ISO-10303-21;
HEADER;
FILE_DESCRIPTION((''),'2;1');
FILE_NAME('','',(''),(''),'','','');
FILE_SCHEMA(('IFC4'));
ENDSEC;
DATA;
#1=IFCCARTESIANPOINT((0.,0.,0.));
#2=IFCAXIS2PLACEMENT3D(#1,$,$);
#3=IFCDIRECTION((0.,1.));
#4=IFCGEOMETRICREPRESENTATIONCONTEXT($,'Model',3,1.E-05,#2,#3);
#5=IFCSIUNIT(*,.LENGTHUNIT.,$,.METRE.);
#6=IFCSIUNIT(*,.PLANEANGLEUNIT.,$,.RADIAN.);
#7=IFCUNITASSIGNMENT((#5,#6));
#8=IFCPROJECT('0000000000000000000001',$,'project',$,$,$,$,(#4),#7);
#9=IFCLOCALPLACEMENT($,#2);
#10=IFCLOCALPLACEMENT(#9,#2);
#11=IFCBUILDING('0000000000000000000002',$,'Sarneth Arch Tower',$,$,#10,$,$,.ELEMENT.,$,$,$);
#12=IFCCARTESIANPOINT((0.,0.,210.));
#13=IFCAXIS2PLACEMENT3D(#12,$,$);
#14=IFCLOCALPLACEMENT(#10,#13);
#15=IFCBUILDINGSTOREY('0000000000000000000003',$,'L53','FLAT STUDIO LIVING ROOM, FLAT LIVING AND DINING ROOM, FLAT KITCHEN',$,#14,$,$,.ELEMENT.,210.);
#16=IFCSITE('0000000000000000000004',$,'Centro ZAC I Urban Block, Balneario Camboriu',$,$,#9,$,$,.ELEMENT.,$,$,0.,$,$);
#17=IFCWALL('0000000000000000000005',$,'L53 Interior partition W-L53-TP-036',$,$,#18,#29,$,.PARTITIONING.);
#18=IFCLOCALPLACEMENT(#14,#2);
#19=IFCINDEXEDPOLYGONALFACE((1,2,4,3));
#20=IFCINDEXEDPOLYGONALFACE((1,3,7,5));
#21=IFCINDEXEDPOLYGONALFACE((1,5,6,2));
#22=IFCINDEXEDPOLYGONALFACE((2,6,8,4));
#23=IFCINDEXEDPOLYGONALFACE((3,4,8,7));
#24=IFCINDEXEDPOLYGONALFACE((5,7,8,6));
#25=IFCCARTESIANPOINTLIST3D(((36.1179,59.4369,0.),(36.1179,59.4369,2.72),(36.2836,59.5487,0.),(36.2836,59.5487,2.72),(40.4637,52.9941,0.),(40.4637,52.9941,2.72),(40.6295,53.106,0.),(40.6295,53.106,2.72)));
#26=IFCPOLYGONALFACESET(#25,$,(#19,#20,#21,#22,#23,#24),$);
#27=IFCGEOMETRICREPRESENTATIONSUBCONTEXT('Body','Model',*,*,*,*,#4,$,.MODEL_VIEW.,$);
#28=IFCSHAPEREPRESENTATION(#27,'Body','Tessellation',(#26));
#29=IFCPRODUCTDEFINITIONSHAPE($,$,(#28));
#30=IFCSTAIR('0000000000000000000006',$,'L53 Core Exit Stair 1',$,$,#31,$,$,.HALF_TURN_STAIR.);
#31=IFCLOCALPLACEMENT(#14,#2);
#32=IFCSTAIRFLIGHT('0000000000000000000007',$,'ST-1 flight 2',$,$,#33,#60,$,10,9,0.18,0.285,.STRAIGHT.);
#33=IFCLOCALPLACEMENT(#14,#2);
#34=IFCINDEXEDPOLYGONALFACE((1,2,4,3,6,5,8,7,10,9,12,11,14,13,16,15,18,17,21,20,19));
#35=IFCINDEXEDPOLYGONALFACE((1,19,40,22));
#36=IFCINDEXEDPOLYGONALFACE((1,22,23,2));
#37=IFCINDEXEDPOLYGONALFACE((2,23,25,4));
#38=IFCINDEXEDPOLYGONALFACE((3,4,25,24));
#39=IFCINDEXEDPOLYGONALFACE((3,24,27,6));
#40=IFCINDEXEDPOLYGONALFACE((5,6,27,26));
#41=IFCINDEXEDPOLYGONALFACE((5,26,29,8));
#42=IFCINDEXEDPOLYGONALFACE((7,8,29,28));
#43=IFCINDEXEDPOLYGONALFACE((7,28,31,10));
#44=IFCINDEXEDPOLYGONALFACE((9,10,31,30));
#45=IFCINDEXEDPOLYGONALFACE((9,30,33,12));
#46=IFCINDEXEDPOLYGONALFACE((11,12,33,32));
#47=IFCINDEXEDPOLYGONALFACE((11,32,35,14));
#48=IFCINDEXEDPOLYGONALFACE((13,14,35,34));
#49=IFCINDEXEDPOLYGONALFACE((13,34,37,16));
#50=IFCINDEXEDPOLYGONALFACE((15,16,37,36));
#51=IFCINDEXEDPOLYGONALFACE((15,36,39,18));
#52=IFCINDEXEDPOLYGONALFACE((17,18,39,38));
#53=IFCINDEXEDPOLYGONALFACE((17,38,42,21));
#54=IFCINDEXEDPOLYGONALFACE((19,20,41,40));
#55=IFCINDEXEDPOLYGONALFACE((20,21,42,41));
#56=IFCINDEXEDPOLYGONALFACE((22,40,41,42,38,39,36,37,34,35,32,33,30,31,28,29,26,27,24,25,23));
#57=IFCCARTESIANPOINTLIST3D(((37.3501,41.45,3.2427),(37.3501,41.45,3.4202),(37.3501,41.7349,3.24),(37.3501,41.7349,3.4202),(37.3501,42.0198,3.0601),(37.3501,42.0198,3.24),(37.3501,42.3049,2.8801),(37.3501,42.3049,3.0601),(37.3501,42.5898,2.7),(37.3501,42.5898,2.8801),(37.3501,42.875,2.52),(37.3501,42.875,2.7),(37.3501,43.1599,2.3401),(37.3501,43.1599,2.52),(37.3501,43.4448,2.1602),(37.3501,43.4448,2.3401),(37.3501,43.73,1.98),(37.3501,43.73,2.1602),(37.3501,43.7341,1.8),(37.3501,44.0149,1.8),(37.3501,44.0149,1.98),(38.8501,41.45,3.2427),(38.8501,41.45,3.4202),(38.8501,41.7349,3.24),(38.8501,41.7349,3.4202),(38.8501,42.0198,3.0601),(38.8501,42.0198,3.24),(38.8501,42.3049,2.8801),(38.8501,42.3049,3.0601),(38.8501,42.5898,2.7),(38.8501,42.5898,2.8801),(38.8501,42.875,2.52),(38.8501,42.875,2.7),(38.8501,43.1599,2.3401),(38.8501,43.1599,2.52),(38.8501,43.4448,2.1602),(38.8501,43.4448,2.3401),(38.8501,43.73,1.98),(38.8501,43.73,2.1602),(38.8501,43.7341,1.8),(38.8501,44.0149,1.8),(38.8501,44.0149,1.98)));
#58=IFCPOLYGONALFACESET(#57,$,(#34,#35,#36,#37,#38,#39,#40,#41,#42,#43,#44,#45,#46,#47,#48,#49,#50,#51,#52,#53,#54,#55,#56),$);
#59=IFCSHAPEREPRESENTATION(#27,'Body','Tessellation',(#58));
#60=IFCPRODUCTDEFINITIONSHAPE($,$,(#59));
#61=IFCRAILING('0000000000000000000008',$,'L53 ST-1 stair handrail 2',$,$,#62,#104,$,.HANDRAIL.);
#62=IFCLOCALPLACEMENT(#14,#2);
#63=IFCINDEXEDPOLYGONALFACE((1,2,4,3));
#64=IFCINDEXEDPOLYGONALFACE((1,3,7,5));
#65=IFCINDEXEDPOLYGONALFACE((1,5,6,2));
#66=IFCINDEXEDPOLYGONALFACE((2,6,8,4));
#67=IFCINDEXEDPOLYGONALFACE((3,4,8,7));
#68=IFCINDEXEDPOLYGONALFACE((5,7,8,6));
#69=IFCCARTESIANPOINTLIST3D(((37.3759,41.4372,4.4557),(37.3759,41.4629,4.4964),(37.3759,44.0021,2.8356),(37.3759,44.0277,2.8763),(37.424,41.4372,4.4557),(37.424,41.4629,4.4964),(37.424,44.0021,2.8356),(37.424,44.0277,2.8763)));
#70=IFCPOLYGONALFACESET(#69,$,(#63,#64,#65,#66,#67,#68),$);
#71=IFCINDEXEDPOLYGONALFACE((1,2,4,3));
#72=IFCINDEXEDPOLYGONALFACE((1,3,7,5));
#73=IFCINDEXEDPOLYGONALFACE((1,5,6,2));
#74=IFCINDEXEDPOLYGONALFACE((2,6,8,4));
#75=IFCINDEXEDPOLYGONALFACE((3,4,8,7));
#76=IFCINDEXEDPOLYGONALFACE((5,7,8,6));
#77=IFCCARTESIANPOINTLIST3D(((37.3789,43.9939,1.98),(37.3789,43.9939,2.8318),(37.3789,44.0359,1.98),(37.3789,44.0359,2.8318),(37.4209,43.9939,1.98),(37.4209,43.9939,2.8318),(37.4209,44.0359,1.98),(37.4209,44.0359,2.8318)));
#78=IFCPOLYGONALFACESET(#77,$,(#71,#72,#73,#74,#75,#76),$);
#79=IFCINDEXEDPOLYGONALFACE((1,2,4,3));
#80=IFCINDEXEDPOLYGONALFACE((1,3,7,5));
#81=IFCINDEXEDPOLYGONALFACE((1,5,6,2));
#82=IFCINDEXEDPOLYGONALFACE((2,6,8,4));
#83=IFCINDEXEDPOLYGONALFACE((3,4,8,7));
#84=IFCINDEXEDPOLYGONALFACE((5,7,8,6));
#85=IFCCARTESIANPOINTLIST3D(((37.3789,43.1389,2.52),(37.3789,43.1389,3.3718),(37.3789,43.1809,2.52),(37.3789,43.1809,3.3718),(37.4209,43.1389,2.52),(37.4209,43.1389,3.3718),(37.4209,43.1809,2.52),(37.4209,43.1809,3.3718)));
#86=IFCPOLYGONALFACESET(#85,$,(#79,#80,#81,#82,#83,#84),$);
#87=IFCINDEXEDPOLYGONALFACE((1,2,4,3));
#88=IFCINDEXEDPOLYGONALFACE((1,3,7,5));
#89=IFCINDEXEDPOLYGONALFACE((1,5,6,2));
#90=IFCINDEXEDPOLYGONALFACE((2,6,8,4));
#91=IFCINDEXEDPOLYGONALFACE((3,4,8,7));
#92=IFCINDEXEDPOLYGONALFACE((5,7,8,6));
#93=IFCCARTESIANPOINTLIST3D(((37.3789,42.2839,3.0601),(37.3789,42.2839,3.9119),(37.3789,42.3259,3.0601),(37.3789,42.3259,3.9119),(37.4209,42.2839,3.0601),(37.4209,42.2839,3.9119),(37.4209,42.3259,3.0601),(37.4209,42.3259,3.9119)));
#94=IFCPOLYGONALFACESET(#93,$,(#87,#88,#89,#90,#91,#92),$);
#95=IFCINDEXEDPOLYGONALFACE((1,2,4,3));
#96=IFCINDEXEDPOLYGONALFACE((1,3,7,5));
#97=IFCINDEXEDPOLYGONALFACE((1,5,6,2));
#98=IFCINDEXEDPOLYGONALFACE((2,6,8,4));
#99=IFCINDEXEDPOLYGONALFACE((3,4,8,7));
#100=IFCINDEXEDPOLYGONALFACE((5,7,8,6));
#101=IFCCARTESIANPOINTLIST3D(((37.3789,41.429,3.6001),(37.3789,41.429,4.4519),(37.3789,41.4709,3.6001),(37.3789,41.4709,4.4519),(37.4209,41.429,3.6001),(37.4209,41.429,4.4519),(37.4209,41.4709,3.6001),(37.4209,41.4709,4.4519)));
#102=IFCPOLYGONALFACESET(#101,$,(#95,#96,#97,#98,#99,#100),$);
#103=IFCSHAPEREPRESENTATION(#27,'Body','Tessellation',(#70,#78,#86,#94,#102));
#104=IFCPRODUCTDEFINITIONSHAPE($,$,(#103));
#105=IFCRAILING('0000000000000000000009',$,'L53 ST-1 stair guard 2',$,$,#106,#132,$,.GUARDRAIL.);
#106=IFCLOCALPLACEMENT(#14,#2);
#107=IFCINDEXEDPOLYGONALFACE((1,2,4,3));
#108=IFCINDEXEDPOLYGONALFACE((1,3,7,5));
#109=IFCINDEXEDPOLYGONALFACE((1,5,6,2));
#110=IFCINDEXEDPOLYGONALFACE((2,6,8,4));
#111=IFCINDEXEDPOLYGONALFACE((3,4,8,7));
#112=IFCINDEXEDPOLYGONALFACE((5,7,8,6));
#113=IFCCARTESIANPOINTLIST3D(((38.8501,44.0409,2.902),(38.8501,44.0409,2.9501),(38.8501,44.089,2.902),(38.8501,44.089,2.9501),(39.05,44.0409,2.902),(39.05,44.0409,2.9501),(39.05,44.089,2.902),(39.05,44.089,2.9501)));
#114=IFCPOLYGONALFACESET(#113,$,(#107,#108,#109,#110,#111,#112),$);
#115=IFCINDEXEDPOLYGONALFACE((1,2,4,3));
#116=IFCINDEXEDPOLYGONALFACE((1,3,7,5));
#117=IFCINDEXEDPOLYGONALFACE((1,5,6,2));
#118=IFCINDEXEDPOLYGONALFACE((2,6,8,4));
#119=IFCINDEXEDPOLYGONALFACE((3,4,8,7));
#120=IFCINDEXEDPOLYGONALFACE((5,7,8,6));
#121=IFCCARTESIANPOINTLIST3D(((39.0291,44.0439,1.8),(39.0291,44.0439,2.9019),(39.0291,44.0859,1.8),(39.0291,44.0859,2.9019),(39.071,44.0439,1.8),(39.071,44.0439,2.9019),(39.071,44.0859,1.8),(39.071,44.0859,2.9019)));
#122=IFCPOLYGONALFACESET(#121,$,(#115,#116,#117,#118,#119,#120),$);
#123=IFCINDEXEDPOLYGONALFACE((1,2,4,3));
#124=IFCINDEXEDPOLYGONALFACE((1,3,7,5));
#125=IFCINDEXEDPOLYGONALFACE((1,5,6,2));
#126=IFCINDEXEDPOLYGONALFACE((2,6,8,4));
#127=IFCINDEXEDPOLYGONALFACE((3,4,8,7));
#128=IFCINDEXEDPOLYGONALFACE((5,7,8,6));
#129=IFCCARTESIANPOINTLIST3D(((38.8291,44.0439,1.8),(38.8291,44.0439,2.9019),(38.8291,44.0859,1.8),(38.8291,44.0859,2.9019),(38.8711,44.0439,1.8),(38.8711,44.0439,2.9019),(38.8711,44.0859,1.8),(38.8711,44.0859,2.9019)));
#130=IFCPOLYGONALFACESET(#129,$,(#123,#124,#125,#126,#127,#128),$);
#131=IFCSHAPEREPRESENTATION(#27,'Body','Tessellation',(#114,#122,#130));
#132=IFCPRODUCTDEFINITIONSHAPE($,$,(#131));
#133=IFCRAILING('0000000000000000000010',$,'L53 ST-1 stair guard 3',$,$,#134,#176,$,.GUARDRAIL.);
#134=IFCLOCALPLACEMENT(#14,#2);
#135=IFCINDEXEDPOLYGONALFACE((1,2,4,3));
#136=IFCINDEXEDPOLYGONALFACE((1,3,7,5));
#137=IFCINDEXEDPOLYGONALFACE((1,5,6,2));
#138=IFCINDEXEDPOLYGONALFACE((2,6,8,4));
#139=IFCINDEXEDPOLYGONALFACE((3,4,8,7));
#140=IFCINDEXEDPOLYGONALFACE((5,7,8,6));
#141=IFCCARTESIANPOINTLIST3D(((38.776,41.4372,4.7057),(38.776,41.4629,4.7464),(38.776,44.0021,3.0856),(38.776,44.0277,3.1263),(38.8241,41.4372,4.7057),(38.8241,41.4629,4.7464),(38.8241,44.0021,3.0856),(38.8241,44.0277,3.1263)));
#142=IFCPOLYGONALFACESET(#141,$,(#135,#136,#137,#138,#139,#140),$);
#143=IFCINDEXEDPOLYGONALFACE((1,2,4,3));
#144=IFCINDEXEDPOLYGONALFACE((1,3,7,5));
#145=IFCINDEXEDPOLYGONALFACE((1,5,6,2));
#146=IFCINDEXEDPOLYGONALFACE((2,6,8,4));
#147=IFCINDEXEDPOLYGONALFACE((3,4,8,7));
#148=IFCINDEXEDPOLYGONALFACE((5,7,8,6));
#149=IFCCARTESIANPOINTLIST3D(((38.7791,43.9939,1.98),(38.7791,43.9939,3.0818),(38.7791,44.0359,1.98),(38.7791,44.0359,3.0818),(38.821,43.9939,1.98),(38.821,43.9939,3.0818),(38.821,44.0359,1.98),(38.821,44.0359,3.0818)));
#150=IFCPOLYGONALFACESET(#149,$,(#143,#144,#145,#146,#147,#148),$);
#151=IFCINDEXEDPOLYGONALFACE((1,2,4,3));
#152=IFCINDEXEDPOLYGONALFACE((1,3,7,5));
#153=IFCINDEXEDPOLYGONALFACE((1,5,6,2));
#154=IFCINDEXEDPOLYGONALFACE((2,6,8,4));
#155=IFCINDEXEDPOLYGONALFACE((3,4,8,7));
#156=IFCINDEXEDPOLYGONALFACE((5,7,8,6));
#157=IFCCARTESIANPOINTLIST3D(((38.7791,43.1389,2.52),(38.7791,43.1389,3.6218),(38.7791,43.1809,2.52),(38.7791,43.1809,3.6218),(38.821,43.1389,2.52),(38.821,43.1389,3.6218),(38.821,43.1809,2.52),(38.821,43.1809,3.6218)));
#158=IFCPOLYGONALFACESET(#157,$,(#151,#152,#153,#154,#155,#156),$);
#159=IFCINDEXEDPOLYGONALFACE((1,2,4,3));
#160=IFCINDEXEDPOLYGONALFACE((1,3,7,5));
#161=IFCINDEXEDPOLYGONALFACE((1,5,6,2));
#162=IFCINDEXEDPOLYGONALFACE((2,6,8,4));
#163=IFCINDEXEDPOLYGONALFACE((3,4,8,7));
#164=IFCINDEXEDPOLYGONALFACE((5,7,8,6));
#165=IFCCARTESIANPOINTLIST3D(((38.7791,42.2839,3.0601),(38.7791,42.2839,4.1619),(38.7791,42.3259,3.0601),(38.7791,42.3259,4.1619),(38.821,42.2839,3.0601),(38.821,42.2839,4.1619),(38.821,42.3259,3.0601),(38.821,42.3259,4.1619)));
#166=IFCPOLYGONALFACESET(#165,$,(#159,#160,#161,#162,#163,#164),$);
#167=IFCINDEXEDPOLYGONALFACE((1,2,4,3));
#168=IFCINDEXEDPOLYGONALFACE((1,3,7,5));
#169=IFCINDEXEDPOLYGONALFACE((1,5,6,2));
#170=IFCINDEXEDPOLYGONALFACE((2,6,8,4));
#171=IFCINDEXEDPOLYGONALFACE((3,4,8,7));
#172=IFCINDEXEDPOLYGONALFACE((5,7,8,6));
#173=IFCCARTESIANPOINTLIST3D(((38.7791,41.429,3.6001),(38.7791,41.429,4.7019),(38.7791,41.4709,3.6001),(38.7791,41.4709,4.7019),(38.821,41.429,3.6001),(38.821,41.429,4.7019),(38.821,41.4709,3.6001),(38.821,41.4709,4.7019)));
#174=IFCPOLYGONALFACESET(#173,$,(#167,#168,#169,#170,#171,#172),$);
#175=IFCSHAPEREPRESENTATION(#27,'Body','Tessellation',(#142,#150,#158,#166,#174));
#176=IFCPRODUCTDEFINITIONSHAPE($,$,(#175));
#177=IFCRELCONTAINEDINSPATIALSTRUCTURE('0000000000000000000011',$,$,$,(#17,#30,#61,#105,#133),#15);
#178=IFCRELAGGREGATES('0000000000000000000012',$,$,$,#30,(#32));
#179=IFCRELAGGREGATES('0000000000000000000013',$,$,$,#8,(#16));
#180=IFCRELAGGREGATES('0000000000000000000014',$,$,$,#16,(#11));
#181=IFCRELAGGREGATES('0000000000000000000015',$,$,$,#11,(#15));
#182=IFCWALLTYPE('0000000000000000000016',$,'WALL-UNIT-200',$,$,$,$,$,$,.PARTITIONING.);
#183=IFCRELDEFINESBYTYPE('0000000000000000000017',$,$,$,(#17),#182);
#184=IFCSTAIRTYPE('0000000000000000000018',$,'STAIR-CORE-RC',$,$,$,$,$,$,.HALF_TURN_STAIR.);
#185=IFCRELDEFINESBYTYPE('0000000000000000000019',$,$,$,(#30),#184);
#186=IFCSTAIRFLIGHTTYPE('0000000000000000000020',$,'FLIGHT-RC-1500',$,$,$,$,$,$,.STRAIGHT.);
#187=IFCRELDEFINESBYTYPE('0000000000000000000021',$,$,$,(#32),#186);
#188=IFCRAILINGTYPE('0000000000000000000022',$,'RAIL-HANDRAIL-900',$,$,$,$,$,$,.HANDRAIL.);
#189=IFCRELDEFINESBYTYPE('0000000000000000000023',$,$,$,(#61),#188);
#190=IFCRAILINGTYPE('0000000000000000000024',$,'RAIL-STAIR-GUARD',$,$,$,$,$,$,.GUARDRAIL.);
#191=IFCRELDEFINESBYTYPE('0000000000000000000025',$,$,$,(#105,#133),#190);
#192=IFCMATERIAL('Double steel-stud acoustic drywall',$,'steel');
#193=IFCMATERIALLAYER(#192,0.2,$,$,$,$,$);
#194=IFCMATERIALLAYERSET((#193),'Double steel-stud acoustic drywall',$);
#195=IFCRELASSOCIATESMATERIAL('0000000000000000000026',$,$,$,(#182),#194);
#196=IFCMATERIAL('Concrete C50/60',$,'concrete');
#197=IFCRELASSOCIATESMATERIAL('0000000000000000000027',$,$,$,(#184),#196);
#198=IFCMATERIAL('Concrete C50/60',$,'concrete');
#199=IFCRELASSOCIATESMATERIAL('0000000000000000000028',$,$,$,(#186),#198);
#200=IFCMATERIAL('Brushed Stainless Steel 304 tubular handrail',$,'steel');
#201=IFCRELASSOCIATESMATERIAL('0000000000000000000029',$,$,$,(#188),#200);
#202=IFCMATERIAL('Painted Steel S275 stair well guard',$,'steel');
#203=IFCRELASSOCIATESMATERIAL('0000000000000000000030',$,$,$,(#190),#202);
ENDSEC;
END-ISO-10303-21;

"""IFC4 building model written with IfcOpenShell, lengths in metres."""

from ifc_helpers import new_model, si_unit, direction, frame, frame_2d, origin, origin_2d, place, context, subcontext, project, spatial, polyline, rectangle, outline, extrude, material, layer, layer_set, type_object, element, aggregate, save


model = new_model("IFC4")

# Units and contexts
model_context = context("Model", 3, precision=1e-05, world=origin(), true_north=direction((0.0, 1.0)))
body_context = subcontext(model_context, "Body", "Model", "MODEL_VIEW")
ifc_project = project(units=[si_unit("LENGTHUNIT", "METRE"), si_unit("PLANEANGLEUNIT", "RADIAN")], contexts=[model_context])

# Site, building, storey
site_placement = place(None, origin())
site = spatial("IfcSite", under=ifc_project, at=site_placement, Name="Centro ZAC I Urban Block, Balneario Camboriu", CompositionType="ELEMENT", RefElevation=0.0)
building_placement = place(site_placement, origin())
building = spatial("IfcBuilding", under=site, at=building_placement, Name="Sarneth Arch Tower", CompositionType="ELEMENT")
storey_placement = place(building_placement, frame((0.0, 0.0, 210.0)))
storey = spatial("IfcBuildingStorey", under=building, at=storey_placement, Name="L53", Description="FLAT STUDIO LIVING ROOM, FLAT LIVING AND DINING ROOM, FLAT KITCHEN", CompositionType="ELEMENT", Elevation=210.0)

# Wall
ifc_material_1 = material(Name="Double steel-stud acoustic drywall", Category="steel")
ifc_layer_1 = layer(ifc_material_1, 0.2)
ifc_layer_set_1 = layer_set([ifc_layer_1], Name="Double steel-stud acoustic drywall")
wall_type_1 = type_object("IfcWallType", Name="WALL-UNIT-200", PredefinedType="PARTITIONING", material=ifc_layer_set_1)
wall_1_placement = place(storey_placement, frame((40.5466, 53.05, 0.0), z_axis=(0.0, 0.0, 1.0), x_axis=(-0.559208, 0.829027, 0.0)))
element("IfcWall", 1, at=wall_1_placement, inside=storey, type_object=wall_type_1, Name="L53 Interior partition W-L53-TP-036", PredefinedType="PARTITIONING", context=body_context, shape_type="SweptSolid", body=[
    extrude(rectangle(XDim=7.7715, YDim=0.2, at=frame_2d((3.8857, 0.0))), origin(), (0.0, 0.0, 1.0), 2.72),
])

# Stair, stair flight
ifc_material_2 = material(Name="Concrete C50/60", Category="concrete")
stair_type = type_object("IfcStairType", Name="STAIR-CORE-RC", PredefinedType="HALF_TURN_STAIR", material=ifc_material_2)
stair_placement = place(storey_placement, origin())
stair = element("IfcStair", 2, at=stair_placement, inside=storey, type_object=stair_type, Name="L53 Core Exit Stair 1", PredefinedType="HALF_TURN_STAIR")
ifc_material_3 = material(Name="Concrete C50/60", Category="concrete")
stair_flight_type = type_object("IfcStairFlightType", Name="FLIGHT-RC-1500", PredefinedType="STRAIGHT", material=ifc_material_3)
stair_flight_placement = place(storey_placement, frame((38.1001, 44.0149, 1.8), z_axis=(0.0, 0.0, 1.0), x_axis=(0.0, -1.0, 0.0)))
stair_flight = element("IfcStairFlight", 3, at=stair_flight_placement, type_object=stair_flight_type, Name="ST-1 flight 2", NumberOfRisers=10, NumberOfTreads=9, PredefinedType="STRAIGHT", RiserHeight=0.18, TreadLength=0.285, context=body_context, shape_type="SweptSolid", body=[
    extrude(outline(polyline([(0.0, 0.0), (0.0, 0.1799), (0.2849, 0.1799), (0.2849, 0.3601), (0.5701, 0.3601), (0.5701, 0.54), (0.855, 0.54), (0.855, 0.72), (1.1399, 0.72), (1.1399, 0.8999), (1.425, 0.8999), (1.425, 1.0801), (1.71, 1.0801), (1.71, 1.26), (1.9951, 1.26), (1.9951, 1.4399), (2.28, 1.4399), (2.28, 1.6201), (2.5649, 1.6201), (2.5649, 1.8), (2.5649, 1.4426), (0.2808, 0.0), (0.0, 0.0)])), frame((0.0, 0.75, 0.0), z_axis=(0.0, -1.0, 0.0), x_axis=(1.0, 0.0, 0.0)), (0.0, 0.0, 1.0), 1.5),
])
aggregate(stair, [stair_flight])

# Railings
ifc_material_4 = material(Name="Brushed Stainless Steel 304 tubular handrail", Category="steel")
railing_type_1 = type_object("IfcRailingType", Name="RAIL-HANDRAIL-900", PredefinedType="HANDRAIL", material=ifc_material_4)
railing_1_placement = place(storey_placement, frame((37.3999, 44.0149, 1.98)))
element("IfcRailing", 4, at=railing_1_placement, inside=storey, type_object=railing_type_1, Name="L53 ST-1 stair handrail 2", PredefinedType="HANDRAIL", context=body_context, shape_type="SweptSolid", body=[
    extrude(rectangle(XDim=0.0481, YDim=0.0481, at=origin_2d()), frame((0.0, 0.0, 0.876), z_axis=(0.0, -0.845466, 0.534029), x_axis=(1.0, 0.0, 0.0)), (0.0, 0.0, 1.0), 3.0337),
    extrude(rectangle(XDim=0.042, YDim=0.042, at=origin_2d()), origin(), (0.0, 0.0, 1.0), 0.8518),
    extrude(rectangle(XDim=0.042, YDim=0.042, at=origin_2d()), frame((0.0, -0.855, 0.54)), (0.0, 0.0, 1.0), 0.8518),
    extrude(rectangle(XDim=0.042, YDim=0.042, at=origin_2d()), frame((0.0, -1.71, 1.0801)), (0.0, 0.0, 1.0), 0.8518),
    extrude(rectangle(XDim=0.042, YDim=0.042, at=origin_2d()), frame((0.0, -2.5649, 1.6201)), (0.0, 0.0, 1.0), 0.8518),
])
ifc_material_5 = material(Name="Painted Steel S275 stair well guard", Category="steel")
railing_type_2 = type_object("IfcRailingType", Name="RAIL-STAIR-GUARD", PredefinedType="GUARDRAIL", material=ifc_material_5)
railing_2_placement = place(storey_placement, frame((39.05, 44.0649, 1.8)))
element("IfcRailing", 5, at=railing_2_placement, inside=storey, type_object=railing_type_2, Name="L53 ST-1 stair guard 2", PredefinedType="GUARDRAIL", context=body_context, shape_type="SweptSolid", body=[
    extrude(rectangle(XDim=0.0481, YDim=0.0481, at=origin_2d()), frame((0.0, 0.0, 1.126), z_axis=(-1.0, 0.0, 0.0), x_axis=(0.0, -1.0, 0.0)), (0.0, 0.0, 1.0), 0.2),
    extrude(rectangle(XDim=0.042, YDim=0.042, at=origin_2d()), origin(), (0.0, 0.0, 1.0), 1.1018),
    extrude(rectangle(XDim=0.042, YDim=0.042, at=origin_2d()), frame((-0.2, 0.0, 0.0)), (0.0, 0.0, 1.0), 1.1018),
])
railing_3_placement = place(storey_placement, frame((38.8, 44.0149, 1.98)))
element("IfcRailing", 6, at=railing_3_placement, inside=storey, type_object=railing_type_2, Name="L53 ST-1 stair guard 3", PredefinedType="GUARDRAIL", context=body_context, shape_type="SweptSolid", body=[
    extrude(rectangle(XDim=0.0481, YDim=0.0481, at=origin_2d()), frame((0.0, 0.0, 1.126), z_axis=(0.0, -0.845466, 0.534029), x_axis=(1.0, 0.0, 0.0)), (0.0, 0.0, 1.0), 3.0337),
    extrude(rectangle(XDim=0.042, YDim=0.042, at=origin_2d()), origin(), (0.0, 0.0, 1.0), 1.1018),
    extrude(rectangle(XDim=0.042, YDim=0.042, at=origin_2d()), frame((0.0, -0.855, 0.54)), (0.0, 0.0, 1.0), 1.1018),
    extrude(rectangle(XDim=0.042, YDim=0.042, at=origin_2d()), frame((0.0, -1.71, 1.0801)), (0.0, 0.0, 1.0), 1.1018),
    extrude(rectangle(XDim=0.042, YDim=0.042, at=origin_2d()), frame((0.0, -2.5649, 1.6201)), (0.0, 0.0, 1.0), 1.1018),
])

save(model, "model.ifc")
